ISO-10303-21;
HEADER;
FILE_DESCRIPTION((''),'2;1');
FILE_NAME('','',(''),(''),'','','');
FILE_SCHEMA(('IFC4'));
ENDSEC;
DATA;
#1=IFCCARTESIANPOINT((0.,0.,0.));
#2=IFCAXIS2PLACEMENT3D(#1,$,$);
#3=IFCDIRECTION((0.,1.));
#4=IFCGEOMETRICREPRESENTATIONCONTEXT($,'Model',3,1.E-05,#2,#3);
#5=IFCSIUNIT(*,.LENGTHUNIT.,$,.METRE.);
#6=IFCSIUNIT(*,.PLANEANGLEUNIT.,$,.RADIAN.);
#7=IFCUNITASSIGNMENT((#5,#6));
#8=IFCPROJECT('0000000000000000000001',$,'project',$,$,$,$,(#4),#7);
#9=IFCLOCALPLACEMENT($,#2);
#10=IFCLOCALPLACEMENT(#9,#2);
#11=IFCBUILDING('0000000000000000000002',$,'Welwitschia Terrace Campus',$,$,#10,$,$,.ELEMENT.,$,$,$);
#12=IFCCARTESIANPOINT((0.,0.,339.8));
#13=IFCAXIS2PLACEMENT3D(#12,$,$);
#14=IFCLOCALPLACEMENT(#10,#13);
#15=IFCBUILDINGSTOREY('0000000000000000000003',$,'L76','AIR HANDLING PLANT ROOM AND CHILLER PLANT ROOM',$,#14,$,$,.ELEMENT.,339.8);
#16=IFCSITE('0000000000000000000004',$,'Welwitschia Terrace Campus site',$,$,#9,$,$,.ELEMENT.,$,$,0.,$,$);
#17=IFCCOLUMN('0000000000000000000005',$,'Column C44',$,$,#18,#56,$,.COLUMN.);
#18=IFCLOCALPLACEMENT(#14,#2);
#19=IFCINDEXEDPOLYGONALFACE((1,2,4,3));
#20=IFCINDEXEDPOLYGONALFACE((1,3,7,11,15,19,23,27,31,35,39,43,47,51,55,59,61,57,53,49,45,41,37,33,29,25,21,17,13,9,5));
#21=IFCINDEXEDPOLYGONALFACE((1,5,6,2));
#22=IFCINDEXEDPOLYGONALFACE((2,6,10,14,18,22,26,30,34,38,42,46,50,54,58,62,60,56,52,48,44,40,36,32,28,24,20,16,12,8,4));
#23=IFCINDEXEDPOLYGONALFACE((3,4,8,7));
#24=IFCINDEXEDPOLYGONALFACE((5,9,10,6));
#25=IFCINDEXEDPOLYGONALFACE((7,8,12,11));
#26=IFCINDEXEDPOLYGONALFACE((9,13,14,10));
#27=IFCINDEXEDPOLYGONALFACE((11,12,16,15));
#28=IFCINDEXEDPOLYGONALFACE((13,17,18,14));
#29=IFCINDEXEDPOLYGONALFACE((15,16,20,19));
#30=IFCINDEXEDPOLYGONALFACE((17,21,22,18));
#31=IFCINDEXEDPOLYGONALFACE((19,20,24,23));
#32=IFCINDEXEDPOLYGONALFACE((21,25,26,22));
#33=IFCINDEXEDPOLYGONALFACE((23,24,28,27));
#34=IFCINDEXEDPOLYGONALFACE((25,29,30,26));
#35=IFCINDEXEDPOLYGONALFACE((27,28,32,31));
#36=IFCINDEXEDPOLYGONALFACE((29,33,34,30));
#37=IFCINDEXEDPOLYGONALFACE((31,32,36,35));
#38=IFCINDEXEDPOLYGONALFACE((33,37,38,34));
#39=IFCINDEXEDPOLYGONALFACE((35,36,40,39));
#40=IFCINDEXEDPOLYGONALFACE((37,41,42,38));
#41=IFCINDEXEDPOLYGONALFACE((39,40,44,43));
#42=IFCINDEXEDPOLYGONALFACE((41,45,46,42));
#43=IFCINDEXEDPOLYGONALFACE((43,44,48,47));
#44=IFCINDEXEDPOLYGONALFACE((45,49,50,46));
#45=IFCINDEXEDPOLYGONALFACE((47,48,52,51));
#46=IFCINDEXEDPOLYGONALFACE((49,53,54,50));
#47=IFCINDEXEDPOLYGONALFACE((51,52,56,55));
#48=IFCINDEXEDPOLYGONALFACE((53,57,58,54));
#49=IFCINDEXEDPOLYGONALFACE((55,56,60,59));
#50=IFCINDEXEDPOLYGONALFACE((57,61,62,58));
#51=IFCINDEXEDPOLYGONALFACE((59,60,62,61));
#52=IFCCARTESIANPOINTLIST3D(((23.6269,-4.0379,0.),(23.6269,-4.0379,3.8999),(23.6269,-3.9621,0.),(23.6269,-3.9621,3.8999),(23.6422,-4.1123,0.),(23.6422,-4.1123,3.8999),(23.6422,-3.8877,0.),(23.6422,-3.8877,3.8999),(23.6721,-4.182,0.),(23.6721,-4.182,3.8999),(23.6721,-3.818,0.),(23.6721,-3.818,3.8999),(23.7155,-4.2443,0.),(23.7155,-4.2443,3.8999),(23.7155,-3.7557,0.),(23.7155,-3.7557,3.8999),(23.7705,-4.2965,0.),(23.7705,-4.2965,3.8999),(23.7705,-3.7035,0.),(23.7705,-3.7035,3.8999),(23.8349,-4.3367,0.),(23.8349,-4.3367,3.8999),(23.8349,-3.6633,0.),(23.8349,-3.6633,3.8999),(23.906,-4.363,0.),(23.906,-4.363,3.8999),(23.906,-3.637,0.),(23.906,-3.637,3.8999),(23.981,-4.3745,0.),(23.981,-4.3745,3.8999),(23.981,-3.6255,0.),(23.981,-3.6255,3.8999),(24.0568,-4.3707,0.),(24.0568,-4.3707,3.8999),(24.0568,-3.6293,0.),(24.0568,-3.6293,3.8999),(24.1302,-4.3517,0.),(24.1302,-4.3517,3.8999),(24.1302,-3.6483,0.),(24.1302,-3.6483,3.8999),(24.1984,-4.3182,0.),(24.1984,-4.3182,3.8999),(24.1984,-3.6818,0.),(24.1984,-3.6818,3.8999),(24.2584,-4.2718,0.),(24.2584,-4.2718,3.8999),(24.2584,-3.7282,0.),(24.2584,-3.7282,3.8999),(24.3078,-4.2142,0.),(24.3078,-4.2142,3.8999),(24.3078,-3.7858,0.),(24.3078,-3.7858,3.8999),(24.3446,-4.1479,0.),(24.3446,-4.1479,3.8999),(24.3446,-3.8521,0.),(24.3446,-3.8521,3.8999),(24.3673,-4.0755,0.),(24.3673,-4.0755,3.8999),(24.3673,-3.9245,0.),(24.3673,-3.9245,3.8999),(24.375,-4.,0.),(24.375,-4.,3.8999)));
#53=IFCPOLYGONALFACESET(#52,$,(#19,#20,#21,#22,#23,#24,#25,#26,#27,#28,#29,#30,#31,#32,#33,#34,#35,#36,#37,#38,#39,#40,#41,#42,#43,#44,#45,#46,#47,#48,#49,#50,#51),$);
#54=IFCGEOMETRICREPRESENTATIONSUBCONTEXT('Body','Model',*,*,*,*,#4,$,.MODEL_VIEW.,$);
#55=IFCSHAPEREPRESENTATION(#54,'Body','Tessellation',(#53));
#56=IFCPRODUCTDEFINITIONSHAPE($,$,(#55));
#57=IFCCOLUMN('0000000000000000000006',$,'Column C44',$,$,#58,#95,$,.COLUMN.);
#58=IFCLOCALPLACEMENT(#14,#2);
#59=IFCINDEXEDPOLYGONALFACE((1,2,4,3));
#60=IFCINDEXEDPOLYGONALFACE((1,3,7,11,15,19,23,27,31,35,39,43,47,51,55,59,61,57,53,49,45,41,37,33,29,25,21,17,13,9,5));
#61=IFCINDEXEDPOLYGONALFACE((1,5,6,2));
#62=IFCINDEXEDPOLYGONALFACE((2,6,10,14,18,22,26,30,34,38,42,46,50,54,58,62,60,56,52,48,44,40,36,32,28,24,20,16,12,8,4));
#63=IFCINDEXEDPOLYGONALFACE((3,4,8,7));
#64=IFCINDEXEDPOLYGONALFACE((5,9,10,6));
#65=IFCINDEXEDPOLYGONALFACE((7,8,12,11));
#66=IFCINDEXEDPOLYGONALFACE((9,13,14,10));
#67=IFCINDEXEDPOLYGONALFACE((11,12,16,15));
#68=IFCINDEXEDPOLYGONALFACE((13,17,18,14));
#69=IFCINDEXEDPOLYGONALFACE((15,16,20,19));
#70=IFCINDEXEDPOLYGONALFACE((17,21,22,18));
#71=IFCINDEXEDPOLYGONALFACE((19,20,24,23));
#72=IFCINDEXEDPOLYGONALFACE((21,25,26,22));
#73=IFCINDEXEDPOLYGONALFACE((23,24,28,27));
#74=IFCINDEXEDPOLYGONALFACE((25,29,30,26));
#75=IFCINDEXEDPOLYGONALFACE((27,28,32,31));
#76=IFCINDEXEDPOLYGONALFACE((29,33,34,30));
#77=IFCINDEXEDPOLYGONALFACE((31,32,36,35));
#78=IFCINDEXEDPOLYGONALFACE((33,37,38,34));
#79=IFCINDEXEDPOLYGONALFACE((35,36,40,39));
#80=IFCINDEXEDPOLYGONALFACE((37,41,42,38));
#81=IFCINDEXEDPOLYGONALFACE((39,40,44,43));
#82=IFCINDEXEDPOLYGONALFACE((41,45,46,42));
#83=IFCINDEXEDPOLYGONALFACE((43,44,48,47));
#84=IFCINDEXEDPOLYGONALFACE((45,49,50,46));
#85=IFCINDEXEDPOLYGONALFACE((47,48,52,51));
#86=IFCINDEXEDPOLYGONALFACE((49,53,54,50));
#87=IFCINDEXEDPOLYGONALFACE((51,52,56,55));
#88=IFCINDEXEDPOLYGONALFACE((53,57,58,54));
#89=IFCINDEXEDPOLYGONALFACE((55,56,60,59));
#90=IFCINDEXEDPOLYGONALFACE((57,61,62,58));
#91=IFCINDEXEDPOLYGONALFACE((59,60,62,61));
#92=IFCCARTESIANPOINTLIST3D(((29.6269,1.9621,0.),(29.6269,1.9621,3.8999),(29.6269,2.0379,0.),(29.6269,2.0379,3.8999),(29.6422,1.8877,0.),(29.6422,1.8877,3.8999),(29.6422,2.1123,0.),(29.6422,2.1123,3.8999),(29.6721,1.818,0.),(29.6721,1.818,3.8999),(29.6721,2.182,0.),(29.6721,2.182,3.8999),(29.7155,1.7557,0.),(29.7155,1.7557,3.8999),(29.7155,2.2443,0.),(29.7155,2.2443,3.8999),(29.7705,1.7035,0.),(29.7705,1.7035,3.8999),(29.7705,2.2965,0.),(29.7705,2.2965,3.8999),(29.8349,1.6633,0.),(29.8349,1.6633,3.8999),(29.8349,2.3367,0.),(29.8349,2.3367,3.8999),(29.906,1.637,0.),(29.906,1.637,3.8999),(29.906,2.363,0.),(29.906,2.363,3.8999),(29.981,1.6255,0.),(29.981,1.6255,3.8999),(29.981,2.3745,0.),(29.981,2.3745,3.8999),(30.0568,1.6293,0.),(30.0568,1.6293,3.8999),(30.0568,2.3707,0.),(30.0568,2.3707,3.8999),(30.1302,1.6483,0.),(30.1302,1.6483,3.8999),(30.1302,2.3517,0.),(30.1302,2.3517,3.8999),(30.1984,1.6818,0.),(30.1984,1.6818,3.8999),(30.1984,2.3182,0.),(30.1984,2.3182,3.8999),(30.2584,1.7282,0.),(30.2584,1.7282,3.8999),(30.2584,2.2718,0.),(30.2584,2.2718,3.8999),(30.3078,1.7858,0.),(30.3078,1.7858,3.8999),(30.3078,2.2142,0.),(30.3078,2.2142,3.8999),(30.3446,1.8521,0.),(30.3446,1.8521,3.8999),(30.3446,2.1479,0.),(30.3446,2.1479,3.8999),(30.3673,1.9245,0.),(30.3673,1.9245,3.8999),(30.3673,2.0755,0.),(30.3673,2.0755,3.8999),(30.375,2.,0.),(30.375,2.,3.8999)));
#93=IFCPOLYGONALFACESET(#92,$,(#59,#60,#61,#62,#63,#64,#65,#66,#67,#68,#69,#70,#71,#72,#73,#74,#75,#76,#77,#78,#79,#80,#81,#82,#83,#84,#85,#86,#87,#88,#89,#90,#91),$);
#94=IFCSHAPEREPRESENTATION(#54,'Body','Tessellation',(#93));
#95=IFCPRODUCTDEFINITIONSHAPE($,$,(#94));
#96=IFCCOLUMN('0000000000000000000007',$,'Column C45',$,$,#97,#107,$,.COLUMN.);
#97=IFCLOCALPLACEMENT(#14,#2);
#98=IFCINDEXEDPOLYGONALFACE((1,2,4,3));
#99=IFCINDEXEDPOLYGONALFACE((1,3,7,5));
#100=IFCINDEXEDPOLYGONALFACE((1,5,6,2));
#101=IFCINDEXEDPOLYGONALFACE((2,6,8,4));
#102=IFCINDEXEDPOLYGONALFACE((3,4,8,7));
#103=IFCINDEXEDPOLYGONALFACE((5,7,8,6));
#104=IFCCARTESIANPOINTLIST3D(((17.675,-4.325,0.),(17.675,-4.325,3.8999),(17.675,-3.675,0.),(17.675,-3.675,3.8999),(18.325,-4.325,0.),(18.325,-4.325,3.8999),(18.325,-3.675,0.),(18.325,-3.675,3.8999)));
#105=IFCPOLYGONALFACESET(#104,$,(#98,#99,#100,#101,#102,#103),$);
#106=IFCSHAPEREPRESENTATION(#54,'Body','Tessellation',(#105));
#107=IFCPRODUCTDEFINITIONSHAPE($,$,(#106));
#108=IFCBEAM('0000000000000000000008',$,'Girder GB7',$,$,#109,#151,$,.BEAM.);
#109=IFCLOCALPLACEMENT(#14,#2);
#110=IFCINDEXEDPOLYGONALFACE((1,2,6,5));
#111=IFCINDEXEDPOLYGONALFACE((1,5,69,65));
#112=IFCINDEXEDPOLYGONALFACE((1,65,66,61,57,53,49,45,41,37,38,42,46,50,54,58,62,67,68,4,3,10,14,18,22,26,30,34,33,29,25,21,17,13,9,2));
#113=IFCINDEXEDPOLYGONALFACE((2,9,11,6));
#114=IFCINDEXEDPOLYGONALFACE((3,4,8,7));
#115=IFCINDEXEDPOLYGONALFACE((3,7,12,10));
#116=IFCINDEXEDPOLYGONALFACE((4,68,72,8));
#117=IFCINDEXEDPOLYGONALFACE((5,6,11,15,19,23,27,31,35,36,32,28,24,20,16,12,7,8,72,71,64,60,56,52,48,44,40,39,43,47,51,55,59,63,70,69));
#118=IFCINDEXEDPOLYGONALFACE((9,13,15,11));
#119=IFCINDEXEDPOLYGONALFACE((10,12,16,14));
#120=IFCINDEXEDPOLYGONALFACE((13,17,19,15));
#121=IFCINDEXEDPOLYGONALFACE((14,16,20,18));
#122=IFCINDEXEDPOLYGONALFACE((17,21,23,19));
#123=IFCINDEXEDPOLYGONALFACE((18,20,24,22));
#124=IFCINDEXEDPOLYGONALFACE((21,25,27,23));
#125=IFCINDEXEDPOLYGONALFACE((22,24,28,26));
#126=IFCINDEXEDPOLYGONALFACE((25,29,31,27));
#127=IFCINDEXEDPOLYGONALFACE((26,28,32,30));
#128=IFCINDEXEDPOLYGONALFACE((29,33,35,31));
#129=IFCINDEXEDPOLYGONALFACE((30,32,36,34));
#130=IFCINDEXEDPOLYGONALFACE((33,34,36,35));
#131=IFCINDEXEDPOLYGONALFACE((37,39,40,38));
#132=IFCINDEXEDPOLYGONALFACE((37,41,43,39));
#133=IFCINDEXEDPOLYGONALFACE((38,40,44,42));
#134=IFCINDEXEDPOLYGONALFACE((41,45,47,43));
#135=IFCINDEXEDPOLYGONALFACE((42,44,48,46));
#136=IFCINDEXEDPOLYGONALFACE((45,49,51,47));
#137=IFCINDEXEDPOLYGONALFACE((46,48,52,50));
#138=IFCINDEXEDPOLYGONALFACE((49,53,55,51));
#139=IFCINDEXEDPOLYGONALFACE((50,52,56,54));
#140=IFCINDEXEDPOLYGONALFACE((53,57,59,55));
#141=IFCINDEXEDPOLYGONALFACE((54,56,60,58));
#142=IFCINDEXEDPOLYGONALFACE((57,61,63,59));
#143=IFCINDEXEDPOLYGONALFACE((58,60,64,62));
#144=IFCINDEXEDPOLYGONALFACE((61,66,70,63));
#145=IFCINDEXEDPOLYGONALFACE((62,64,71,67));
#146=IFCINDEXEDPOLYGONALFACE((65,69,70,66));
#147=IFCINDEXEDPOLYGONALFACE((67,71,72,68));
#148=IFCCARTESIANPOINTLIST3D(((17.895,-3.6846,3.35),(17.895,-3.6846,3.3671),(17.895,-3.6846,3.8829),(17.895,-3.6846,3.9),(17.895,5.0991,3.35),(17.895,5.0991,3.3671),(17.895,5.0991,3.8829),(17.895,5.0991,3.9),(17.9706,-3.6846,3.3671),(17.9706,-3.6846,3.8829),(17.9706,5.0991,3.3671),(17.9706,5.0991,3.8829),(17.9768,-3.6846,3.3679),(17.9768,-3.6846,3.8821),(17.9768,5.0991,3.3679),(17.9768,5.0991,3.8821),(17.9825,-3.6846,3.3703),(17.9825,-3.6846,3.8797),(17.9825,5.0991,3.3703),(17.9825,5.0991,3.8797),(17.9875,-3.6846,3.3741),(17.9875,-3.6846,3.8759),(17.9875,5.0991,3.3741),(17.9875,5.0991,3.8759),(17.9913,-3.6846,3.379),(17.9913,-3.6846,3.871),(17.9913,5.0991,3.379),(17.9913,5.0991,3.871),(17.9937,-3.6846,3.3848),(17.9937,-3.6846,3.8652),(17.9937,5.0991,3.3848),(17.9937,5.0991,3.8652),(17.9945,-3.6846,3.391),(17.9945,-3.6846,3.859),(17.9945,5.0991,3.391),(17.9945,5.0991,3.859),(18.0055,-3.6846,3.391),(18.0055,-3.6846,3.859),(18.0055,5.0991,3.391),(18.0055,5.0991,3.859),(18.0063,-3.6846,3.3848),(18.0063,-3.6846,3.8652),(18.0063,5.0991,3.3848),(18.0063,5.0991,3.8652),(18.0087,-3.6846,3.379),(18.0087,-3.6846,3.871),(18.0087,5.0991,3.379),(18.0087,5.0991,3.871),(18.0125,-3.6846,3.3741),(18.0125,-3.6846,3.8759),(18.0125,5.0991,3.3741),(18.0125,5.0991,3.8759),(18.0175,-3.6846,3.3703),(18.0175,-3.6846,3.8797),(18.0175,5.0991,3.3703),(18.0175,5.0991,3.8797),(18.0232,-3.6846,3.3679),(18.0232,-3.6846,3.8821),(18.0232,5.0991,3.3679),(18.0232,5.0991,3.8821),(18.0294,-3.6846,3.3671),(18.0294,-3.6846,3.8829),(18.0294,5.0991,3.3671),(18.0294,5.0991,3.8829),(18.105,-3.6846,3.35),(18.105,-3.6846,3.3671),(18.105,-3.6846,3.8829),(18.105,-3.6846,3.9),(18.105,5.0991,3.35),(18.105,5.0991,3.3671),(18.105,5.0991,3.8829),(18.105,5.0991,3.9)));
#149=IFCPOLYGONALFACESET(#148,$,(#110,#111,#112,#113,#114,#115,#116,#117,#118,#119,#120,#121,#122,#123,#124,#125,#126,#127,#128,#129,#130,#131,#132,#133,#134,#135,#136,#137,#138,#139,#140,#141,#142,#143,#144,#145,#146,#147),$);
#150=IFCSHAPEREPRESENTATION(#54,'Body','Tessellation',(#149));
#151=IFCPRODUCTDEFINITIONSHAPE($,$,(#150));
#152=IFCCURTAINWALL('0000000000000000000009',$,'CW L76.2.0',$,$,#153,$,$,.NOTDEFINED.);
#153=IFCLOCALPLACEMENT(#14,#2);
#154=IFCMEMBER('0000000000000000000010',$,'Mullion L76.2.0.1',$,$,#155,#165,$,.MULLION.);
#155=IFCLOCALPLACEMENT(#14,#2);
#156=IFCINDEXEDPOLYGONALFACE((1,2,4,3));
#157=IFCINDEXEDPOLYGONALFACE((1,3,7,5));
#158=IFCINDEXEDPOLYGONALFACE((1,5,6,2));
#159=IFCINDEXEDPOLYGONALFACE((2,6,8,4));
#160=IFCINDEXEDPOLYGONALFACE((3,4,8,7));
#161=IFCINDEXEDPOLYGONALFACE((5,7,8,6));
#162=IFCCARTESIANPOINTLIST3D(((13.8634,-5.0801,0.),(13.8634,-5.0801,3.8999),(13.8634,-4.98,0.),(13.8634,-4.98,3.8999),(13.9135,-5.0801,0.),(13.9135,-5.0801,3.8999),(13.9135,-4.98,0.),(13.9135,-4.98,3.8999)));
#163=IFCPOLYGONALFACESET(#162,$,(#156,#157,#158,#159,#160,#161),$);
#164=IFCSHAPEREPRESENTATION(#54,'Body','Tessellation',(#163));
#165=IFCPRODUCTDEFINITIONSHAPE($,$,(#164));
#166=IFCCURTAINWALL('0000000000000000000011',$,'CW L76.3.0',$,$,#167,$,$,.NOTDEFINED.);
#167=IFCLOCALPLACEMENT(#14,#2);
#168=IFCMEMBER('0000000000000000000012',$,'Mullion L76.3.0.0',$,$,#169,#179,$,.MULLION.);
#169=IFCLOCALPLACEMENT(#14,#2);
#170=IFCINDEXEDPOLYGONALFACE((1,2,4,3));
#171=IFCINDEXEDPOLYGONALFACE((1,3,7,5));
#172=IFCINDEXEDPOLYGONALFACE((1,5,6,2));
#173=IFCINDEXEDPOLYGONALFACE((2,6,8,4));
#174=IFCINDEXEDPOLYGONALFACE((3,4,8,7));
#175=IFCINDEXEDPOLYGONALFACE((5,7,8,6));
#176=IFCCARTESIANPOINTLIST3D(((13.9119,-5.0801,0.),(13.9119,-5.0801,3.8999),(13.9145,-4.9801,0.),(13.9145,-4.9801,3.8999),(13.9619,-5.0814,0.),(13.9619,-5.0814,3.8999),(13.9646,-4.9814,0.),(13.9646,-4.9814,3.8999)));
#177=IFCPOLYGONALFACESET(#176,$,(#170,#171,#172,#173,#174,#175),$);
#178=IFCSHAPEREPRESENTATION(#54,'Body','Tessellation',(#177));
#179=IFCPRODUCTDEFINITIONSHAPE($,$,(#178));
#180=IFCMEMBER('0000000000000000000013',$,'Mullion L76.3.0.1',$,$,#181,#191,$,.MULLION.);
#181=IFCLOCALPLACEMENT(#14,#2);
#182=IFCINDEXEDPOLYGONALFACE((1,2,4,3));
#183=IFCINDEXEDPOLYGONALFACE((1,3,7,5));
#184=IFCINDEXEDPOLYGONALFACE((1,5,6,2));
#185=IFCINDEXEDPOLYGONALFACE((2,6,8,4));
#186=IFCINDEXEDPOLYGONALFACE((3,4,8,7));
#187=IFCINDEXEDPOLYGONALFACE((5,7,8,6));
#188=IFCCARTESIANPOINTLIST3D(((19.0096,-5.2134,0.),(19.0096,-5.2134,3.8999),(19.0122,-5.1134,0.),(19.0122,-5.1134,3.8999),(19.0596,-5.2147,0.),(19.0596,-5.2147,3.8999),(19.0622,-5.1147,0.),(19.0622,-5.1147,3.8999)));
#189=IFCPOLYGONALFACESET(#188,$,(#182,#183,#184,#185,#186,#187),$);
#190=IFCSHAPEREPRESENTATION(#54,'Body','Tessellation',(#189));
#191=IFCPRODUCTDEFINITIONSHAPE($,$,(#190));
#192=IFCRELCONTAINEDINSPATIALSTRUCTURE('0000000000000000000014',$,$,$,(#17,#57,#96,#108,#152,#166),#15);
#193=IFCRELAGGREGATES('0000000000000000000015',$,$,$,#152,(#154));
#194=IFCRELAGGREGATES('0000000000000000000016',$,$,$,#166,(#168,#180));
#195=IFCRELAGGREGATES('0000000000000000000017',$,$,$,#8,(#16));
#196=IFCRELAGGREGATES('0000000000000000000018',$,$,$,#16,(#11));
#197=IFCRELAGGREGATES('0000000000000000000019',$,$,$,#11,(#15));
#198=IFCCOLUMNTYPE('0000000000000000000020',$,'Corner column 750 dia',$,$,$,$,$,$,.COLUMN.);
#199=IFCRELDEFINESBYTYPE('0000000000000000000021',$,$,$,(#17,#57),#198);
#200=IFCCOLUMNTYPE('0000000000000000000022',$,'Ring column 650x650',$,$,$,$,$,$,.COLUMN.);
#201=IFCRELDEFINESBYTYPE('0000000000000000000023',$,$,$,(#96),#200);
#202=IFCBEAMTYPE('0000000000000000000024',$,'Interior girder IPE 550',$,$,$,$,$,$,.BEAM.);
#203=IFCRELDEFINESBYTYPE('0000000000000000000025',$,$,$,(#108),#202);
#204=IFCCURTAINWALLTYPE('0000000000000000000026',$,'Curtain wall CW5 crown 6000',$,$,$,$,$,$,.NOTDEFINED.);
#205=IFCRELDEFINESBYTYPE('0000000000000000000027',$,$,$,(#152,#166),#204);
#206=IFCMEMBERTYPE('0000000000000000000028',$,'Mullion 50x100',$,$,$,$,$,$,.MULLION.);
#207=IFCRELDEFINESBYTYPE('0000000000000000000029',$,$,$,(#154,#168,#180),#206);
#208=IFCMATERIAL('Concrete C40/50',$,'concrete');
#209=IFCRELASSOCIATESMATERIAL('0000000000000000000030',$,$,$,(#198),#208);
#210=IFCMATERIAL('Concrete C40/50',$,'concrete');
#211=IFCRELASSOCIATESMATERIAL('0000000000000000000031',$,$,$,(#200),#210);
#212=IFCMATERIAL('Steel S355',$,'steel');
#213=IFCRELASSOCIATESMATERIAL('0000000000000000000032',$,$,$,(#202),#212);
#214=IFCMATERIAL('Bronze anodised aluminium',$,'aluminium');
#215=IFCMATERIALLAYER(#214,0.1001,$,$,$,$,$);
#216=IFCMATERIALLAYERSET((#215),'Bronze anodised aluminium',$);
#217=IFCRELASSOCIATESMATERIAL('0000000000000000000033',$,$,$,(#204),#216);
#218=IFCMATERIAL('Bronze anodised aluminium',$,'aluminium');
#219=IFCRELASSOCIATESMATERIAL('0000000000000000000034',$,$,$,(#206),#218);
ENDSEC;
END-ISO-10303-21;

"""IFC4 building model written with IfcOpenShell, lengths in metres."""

from ifc_helpers import new_model, si_unit, direction, frame, origin, origin_2d, place, context, subcontext, project, spatial, rectangle, circle, i_section, extrude, material, layer, layer_set, material_profile, profile_set, type_object, element, aggregate, save


model = new_model("IFC4")

# Units and contexts
model_context = context("Model", 3, precision=1e-05, world=origin(), true_north=direction((0.0, 1.0)))
body_context = subcontext(model_context, "Body", "Model", "MODEL_VIEW")
ifc_project = project(units=[si_unit("LENGTHUNIT", "METRE"), si_unit("PLANEANGLEUNIT", "RADIAN")], contexts=[model_context])

# Site, building, storey
site_placement = place(None, origin())
site = spatial("IfcSite", under=ifc_project, at=site_placement, Name="Welwitschia Terrace Campus site", CompositionType="ELEMENT", RefElevation=0.0)
building_placement = place(site_placement, origin())
building = spatial("IfcBuilding", under=site, at=building_placement, Name="Welwitschia Terrace Campus", CompositionType="ELEMENT")
storey_placement = place(building_placement, frame((0.0, 0.0, 339.8)))
storey = spatial("IfcBuildingStorey", under=building, at=storey_placement, Name="L76", Description="AIR HANDLING PLANT ROOM AND CHILLER PLANT ROOM", CompositionType="ELEMENT", Elevation=339.8)

# Columns
ifc_material_1 = material(Name="Concrete C40/50", Category="concrete")
ifc_material_profile_1 = material_profile(ifc_material_1, circle(Radius=0.375, at=origin_2d()))
ifc_profile_set_1 = profile_set([ifc_material_profile_1], Name="Concrete C40/50")
column_type_1 = type_object("IfcColumnType", Name="Corner column 750 dia", PredefinedType="COLUMN", material=ifc_profile_set_1)
for number, where, z_axis, x_axis, name in (
    (1, (24.0, -4.0, 0.0), (0.0, 0.0, 1.0), (1.0, 0.0, 0.0), "Column C44"),
    (2, (30.0, 2.0, 0.0), (0.0, 0.0, 1.0), (1.0, 0.0, 0.0), "Column C44"),
):
    element("IfcColumn", number, at=place(storey_placement, frame(where, z_axis=z_axis, x_axis=x_axis)), inside=storey, type_object=column_type_1, Name=name, PredefinedType="COLUMN", context=body_context, shape_type="SweptSolid", body=[
        extrude(circle(Radius=0.375, at=origin_2d()), origin(), (0.0, 0.0, 1.0), 3.8999),
    ])
ifc_material_2 = material(Name="Concrete C40/50", Category="concrete")
ifc_material_profile_2 = material_profile(ifc_material_2, rectangle(XDim=0.6499, YDim=0.6499, at=origin_2d()))
ifc_profile_set_2 = profile_set([ifc_material_profile_2], Name="Concrete C40/50")
column_type_2 = type_object("IfcColumnType", Name="Ring column 650x650", PredefinedType="COLUMN", material=ifc_profile_set_2)
column_placement = place(storey_placement, frame((18.0, -4.0, 0.0), z_axis=(0.0, 0.0, 1.0), x_axis=(1.0, 0.0, 0.0)))
element("IfcColumn", 3, at=column_placement, inside=storey, type_object=column_type_2, Name="Column C45", PredefinedType="COLUMN", context=body_context, shape_type="SweptSolid", body=[
    extrude(rectangle(XDim=0.6499, YDim=0.6499, at=origin_2d()), origin(), (0.0, 0.0, 1.0), 3.8999),
])

# Beam
ifc_material_3 = material(Name="Steel S355", Category="steel")
ifc_material_profile_3 = material_profile(ifc_material_3, i_section(OverallWidth=0.21, OverallDepth=0.55, WebThickness=0.011, FlangeThickness=0.0171, FilletRadius=0.0239, at=origin_2d()))
ifc_profile_set_3 = profile_set([ifc_material_profile_3], Name="Steel S355")
beam_type_1 = type_object("IfcBeamType", Name="Interior girder IPE 550", PredefinedType="BEAM", material=ifc_profile_set_3)
beam_1_placement = place(storey_placement, frame((18.0, -3.6846, 3.625), z_axis=(0.0, 1.0, 0.0), x_axis=(-1.0, 0.0, 0.0)))
element("IfcBeam", 4, at=beam_1_placement, inside=storey, type_object=beam_type_1, Name="Girder GB7", PredefinedType="BEAM", context=body_context, shape_type="SweptSolid", body=[
    extrude(i_section(OverallWidth=0.21, OverallDepth=0.55, WebThickness=0.011, FlangeThickness=0.0171, FilletRadius=0.0239, at=origin_2d()), origin(), (0.0, 0.0, 1.0), 8.7837),
])

# Curtain wall, member
ifc_material_4 = material(Name="Bronze anodised aluminium", Category="aluminium")
ifc_layer_1 = layer(ifc_material_4, 0.1001)
ifc_layer_set_1 = layer_set([ifc_layer_1], Name="Bronze anodised aluminium")
curtain_wall_type = type_object("IfcCurtainWallType", Name="Curtain wall CW5 crown 6000", PredefinedType="NOTDEFINED", material=ifc_layer_set_1)
curtain_wall_1_placement = place(storey_placement, origin())
curtain_wall_1 = element("IfcCurtainWall", 5, at=curtain_wall_1_placement, inside=storey, type_object=curtain_wall_type, Name="CW L76.2.0", PredefinedType="NOTDEFINED")
ifc_material_5 = material(Name="Bronze anodised aluminium", Category="aluminium")
ifc_material_profile_4 = material_profile(ifc_material_5, rectangle(XDim=0.1001, YDim=0.05, at=origin_2d()))
ifc_profile_set_4 = profile_set([ifc_material_profile_4], Name="Bronze anodised aluminium")
member_type_1 = type_object("IfcMemberType", Name="Mullion 50x100", PredefinedType="MULLION", material=ifc_profile_set_4)
member_1_placement = place(storey_placement, frame((13.8884, -5.03, 0.0), z_axis=(0.0, 0.0, 1.0), x_axis=(0.0, 1.0, 0.0)))
member_1 = element("IfcMember", 6, at=member_1_placement, type_object=member_type_1, Name="Mullion L76.2.0.1", PredefinedType="MULLION", context=body_context, shape_type="SweptSolid", body=[
    extrude(rectangle(XDim=0.1001, YDim=0.05, at=origin_2d()), origin(), (0.0, 0.0, 1.0), 3.8999),
])
aggregate(curtain_wall_1, [member_1])

# Curtain wall, members
curtain_wall_2_placement = place(storey_placement, origin())
curtain_wall_2 = element("IfcCurtainWall", 7, at=curtain_wall_2_placement, inside=storey, type_object=curtain_wall_type, Name="CW L76.3.0", PredefinedType="NOTDEFINED")
member_2_placement = place(storey_placement, frame((13.9382, -5.0308, 0.0), z_axis=(0.0, 0.0, 1.0), x_axis=(0.026177, 0.999657, 0.0)))
member_2 = element("IfcMember", 8, at=member_2_placement, type_object=member_type_1, Name="Mullion L76.3.0.0", PredefinedType="MULLION", context=body_context, shape_type="SweptSolid", body=[
    extrude(rectangle(XDim=0.1001, YDim=0.05, at=origin_2d()), origin(), (0.0, 0.0, 1.0), 3.8999),
])
member_3_placement = place(storey_placement, frame((19.0359, -5.1641, 0.0), z_axis=(0.0, 0.0, 1.0), x_axis=(0.026177, 0.999657, 0.0)))
member_3 = element("IfcMember", 9, at=member_3_placement, type_object=member_type_1, Name="Mullion L76.3.0.1", PredefinedType="MULLION", context=body_context, shape_type="SweptSolid", body=[
    extrude(rectangle(XDim=0.1001, YDim=0.05, at=origin_2d()), origin(), (0.0, 0.0, 1.0), 3.8999),
])

aggregate(curtain_wall_2, [member_2, member_3])

save(model, "model.ifc")
